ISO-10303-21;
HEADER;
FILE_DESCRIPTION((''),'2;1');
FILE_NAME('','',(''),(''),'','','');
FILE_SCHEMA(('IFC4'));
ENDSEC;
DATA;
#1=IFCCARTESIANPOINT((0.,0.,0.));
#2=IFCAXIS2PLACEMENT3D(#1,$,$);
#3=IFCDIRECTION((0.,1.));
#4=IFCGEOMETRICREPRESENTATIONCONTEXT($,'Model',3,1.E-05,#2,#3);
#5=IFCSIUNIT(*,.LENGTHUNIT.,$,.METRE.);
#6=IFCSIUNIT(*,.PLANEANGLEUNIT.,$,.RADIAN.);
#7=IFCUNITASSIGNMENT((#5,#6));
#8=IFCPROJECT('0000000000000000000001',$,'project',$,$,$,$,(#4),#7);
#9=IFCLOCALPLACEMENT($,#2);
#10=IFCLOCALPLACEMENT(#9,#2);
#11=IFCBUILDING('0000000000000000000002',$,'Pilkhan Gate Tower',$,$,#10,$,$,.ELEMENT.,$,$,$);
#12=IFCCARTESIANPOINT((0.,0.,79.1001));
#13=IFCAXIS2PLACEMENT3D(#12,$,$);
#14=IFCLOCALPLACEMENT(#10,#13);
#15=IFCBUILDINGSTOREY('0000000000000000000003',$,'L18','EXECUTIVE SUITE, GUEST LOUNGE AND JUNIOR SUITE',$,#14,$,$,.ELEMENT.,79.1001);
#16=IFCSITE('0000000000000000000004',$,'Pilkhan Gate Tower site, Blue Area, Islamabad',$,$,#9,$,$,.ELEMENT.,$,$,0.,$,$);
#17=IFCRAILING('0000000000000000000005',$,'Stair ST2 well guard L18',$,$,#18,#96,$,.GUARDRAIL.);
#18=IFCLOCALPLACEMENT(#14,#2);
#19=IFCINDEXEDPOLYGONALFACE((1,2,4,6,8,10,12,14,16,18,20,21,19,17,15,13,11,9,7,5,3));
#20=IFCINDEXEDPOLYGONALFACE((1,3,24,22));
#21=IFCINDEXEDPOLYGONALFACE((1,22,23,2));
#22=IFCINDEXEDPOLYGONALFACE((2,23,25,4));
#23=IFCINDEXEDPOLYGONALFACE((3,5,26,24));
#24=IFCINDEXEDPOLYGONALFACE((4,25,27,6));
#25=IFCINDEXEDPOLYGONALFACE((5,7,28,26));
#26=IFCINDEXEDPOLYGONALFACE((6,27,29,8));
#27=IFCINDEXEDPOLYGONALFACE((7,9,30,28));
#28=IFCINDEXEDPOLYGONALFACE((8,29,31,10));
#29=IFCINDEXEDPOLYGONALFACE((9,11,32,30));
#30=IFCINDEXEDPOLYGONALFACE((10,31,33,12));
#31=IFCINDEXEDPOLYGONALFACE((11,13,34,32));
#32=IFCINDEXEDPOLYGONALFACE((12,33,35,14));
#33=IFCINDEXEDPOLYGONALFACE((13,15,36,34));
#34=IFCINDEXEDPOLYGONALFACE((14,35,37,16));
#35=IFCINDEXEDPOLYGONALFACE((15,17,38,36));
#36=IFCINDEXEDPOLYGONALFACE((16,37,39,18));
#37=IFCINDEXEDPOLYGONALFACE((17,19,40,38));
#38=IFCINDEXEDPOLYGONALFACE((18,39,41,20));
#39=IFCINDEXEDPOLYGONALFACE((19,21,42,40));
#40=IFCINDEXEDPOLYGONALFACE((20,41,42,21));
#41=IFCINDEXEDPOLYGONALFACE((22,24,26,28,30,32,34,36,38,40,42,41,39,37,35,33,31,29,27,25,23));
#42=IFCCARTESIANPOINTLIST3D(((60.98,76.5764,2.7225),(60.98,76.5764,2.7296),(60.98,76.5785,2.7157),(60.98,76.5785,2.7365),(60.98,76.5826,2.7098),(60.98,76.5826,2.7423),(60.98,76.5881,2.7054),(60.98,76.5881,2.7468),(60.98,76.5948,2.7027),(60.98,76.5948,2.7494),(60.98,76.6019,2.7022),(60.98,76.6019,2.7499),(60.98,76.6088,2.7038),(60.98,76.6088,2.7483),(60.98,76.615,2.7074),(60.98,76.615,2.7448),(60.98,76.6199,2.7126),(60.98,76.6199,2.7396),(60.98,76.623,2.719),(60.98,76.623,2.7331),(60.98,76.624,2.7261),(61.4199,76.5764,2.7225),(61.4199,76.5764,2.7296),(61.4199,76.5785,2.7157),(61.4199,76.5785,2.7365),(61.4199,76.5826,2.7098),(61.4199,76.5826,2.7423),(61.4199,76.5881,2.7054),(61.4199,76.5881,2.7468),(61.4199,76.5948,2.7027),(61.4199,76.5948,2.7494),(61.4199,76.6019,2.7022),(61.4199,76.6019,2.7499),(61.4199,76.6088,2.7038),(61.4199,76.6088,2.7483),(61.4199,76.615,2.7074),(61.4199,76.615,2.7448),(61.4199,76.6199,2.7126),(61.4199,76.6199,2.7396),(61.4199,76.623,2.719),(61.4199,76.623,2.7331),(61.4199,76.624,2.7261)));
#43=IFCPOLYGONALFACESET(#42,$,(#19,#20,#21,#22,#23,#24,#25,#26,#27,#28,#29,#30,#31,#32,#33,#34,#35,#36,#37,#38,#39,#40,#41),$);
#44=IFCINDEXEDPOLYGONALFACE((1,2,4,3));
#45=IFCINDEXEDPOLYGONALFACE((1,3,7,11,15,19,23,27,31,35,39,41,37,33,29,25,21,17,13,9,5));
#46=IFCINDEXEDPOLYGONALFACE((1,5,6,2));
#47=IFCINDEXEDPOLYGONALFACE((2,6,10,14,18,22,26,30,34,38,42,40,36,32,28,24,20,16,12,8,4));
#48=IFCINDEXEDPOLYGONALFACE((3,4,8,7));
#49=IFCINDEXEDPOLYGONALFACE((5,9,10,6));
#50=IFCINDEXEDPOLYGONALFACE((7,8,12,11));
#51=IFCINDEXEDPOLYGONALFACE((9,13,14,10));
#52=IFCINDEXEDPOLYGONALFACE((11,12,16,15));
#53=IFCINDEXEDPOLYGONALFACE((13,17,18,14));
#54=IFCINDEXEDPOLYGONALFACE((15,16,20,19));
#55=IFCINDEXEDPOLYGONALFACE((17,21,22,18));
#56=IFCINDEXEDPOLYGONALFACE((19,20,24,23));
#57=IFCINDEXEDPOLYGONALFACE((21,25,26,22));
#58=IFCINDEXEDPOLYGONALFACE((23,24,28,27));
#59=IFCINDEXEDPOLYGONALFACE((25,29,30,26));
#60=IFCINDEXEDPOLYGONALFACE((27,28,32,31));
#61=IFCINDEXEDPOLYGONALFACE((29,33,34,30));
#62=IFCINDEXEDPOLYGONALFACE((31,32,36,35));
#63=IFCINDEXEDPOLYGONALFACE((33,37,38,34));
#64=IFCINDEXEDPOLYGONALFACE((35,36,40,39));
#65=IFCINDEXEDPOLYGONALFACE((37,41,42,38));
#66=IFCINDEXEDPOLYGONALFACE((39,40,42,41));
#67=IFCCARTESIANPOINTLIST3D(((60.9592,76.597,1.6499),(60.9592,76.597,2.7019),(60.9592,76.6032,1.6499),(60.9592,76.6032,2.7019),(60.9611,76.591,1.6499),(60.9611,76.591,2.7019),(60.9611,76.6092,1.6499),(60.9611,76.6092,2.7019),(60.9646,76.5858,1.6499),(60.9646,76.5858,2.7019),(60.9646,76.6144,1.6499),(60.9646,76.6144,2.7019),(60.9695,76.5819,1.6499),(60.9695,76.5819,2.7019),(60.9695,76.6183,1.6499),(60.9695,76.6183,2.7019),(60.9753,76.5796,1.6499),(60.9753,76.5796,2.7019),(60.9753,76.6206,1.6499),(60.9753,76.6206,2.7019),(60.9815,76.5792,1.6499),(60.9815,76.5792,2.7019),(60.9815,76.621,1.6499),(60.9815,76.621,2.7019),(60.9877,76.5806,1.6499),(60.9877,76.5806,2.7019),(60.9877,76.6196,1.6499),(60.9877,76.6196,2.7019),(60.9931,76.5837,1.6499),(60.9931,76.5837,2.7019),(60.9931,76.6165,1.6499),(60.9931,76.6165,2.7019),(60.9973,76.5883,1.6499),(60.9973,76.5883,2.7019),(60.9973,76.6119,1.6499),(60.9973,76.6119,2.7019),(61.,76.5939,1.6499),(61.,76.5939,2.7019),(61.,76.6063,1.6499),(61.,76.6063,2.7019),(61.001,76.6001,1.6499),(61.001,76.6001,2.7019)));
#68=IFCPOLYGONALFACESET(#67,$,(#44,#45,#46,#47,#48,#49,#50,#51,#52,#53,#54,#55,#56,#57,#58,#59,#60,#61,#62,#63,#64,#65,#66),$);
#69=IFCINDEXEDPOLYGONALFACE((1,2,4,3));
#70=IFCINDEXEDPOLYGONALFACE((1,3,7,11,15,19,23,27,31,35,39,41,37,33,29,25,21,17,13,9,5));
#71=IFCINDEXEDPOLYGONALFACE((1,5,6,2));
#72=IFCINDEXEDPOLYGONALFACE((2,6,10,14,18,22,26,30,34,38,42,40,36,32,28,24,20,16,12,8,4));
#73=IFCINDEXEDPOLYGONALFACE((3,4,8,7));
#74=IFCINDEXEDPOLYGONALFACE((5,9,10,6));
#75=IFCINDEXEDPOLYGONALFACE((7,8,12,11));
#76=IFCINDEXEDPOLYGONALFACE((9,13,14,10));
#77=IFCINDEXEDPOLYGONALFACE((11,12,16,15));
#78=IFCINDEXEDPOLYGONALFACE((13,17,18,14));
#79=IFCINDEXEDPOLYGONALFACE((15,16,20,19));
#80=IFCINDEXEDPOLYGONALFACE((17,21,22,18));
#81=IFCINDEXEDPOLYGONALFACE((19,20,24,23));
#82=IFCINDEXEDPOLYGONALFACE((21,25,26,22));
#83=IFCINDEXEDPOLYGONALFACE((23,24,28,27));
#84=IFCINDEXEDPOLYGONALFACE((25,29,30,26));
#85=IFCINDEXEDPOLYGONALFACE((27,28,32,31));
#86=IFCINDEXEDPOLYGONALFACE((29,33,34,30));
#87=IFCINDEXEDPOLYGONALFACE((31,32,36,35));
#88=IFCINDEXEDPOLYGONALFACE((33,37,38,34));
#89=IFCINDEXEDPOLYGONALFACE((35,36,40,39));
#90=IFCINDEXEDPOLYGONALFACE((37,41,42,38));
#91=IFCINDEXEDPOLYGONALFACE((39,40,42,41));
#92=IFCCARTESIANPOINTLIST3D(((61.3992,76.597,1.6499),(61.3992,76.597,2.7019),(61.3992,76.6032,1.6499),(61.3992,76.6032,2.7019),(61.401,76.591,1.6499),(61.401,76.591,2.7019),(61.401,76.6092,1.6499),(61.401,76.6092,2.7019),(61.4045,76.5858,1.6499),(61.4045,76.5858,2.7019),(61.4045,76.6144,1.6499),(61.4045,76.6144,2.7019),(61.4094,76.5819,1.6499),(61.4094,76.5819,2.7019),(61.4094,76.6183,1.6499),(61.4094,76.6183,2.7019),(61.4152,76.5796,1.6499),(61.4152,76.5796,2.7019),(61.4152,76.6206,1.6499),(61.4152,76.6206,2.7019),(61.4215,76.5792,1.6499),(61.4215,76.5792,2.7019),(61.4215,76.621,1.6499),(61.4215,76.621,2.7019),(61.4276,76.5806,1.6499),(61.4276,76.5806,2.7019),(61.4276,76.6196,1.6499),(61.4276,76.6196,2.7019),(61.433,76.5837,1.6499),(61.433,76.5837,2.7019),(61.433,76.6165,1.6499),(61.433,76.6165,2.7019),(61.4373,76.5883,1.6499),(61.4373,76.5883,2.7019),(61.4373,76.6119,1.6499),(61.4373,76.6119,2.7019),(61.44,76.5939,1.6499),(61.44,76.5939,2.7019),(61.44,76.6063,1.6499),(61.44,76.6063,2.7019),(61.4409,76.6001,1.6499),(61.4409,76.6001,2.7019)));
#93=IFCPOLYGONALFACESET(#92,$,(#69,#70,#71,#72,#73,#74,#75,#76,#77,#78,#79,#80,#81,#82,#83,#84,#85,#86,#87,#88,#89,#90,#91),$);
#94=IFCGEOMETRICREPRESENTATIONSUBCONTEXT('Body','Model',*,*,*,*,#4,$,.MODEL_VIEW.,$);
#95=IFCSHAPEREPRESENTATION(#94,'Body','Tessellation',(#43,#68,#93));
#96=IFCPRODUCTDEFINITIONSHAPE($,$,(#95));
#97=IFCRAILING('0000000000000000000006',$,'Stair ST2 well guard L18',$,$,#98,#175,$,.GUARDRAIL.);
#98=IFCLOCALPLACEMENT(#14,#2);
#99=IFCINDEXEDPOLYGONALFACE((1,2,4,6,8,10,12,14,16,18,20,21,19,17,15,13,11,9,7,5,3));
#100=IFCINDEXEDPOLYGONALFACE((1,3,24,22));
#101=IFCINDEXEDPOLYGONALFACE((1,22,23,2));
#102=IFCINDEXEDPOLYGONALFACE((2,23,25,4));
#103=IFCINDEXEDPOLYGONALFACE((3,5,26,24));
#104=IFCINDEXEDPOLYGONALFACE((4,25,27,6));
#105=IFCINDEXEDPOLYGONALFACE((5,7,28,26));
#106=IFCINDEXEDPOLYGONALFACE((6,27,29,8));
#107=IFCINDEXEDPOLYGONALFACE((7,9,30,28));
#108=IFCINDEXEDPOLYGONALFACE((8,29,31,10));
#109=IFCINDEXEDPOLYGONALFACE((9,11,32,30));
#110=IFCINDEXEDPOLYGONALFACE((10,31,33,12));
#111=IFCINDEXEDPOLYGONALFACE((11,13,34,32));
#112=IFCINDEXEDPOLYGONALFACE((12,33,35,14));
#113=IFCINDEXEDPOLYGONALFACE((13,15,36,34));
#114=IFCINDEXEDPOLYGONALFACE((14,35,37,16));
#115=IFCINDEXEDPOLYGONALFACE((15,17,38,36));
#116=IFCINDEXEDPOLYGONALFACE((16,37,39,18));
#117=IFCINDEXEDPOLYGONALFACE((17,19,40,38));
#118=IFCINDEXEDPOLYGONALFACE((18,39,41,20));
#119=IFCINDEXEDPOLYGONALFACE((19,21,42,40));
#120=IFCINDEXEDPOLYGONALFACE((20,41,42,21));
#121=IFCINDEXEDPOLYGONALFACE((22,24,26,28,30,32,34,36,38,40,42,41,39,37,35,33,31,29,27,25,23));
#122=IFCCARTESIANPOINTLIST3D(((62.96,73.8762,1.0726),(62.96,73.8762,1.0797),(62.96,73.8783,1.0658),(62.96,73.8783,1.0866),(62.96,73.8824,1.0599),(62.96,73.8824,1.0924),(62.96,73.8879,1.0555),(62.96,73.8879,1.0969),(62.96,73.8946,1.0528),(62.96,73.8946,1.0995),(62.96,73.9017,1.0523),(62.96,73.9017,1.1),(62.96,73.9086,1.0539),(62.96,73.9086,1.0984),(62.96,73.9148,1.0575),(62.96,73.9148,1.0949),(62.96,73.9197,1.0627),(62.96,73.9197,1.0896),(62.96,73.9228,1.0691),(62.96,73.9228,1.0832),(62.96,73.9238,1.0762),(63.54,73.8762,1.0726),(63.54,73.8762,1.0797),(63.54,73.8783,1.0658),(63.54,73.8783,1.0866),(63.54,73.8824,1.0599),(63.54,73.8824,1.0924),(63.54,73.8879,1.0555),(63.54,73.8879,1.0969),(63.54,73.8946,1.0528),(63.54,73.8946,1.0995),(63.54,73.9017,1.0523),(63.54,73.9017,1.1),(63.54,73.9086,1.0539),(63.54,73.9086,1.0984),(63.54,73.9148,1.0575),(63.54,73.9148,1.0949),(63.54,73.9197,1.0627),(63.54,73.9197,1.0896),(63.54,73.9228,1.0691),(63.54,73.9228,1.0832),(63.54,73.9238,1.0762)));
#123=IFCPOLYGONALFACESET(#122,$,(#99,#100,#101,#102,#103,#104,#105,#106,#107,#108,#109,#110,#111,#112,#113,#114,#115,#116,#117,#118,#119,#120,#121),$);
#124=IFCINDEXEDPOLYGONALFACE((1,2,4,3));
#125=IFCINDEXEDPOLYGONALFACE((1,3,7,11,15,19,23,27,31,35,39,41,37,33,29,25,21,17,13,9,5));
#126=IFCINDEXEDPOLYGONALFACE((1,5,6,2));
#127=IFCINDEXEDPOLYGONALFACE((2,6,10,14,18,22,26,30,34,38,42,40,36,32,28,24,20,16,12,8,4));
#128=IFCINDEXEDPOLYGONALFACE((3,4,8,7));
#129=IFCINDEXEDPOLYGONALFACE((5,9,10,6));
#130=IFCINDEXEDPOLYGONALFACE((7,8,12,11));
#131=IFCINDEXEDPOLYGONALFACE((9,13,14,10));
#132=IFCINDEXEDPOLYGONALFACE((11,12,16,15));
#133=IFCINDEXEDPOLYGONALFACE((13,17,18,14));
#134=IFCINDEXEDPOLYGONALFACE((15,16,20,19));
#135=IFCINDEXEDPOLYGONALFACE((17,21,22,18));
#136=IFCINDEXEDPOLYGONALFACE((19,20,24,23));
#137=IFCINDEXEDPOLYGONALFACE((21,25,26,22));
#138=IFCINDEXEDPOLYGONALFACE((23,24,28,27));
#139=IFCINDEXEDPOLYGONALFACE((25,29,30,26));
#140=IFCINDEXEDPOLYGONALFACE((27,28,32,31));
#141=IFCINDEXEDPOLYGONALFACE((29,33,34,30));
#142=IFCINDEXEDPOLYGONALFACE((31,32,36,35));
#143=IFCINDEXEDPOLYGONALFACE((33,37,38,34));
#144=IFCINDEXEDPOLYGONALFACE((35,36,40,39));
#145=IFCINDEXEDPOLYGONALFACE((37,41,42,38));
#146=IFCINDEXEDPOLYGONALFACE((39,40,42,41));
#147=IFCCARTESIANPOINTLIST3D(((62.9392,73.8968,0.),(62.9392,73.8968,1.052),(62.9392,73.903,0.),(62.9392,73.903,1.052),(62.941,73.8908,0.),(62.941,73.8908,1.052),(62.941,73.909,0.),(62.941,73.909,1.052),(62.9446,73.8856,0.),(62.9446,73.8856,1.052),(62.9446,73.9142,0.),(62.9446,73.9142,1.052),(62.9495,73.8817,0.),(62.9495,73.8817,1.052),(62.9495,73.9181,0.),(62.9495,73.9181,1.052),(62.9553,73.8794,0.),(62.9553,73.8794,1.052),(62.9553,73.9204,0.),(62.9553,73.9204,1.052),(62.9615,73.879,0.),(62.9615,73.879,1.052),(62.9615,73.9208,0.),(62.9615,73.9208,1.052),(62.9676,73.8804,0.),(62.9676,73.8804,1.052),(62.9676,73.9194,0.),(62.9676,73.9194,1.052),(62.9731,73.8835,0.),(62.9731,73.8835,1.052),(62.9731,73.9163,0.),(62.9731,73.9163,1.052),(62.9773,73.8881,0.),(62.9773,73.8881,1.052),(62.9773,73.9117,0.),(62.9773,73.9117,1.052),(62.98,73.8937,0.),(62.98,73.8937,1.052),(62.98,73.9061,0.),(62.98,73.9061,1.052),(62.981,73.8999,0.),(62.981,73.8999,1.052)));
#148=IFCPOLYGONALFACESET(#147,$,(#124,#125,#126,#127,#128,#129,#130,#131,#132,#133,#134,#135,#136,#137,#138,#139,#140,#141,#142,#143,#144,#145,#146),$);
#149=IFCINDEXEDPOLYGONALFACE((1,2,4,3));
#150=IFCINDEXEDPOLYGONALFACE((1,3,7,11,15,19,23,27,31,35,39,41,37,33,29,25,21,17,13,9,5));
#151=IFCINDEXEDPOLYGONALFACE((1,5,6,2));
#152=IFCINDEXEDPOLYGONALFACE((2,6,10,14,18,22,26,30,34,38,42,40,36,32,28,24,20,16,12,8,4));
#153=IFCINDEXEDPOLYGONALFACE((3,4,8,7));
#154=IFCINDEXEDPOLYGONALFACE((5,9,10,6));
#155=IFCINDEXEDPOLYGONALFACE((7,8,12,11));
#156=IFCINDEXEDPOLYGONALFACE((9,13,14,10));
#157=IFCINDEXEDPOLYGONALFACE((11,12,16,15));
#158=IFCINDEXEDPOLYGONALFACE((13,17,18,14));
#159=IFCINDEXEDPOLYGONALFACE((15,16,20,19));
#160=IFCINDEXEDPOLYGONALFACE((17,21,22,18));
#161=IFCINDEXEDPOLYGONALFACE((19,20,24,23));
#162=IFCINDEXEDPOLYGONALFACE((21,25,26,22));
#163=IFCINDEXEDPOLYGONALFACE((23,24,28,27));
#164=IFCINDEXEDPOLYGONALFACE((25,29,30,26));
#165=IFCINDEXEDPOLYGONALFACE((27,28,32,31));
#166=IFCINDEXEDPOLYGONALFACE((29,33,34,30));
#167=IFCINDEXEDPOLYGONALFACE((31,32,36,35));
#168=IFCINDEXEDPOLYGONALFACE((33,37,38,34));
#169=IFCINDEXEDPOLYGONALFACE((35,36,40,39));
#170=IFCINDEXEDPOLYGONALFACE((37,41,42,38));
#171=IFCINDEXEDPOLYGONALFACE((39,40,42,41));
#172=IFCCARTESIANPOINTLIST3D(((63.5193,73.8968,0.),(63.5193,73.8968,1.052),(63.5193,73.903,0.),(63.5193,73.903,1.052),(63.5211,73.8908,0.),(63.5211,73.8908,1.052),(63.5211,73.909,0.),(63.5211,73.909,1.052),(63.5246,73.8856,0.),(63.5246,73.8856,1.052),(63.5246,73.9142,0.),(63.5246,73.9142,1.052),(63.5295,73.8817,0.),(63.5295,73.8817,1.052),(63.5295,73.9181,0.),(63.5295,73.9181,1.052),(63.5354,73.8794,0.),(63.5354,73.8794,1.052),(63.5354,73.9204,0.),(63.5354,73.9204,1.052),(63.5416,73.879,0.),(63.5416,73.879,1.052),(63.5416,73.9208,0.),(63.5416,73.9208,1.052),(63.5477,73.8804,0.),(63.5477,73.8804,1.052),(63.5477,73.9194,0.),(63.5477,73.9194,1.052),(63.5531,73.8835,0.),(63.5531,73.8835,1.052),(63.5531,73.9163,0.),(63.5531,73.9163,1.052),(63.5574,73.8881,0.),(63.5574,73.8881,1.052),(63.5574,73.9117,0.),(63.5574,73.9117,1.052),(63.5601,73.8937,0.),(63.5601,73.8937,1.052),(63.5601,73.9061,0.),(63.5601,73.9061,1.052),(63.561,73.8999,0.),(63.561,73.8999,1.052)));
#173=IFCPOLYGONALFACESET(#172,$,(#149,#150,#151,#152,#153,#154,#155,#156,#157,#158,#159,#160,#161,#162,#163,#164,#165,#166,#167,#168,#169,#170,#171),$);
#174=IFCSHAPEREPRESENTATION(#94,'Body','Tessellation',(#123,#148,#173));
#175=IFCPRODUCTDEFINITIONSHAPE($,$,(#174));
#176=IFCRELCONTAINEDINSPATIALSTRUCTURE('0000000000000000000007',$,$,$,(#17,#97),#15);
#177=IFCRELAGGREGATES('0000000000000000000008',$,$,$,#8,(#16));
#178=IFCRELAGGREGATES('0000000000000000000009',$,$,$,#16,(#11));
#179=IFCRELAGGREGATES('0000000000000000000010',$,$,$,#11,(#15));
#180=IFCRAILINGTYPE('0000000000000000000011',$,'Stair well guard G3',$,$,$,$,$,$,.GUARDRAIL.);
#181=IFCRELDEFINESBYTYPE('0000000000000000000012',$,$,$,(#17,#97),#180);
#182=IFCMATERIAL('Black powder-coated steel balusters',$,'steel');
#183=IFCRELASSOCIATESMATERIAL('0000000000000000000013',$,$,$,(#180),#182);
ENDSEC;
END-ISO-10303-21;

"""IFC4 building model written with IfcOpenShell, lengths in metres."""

from ifc_helpers import new_model, si_unit, direction, frame, origin, origin_2d, place, context, subcontext, project, spatial, circle, extrude, material, type_object, element, save


model = new_model("IFC4")

# Units and contexts
model_context = context("Model", 3, precision=1e-05, world=origin(), true_north=direction((0.0, 1.0)))
body_context = subcontext(model_context, "Body", "Model", "MODEL_VIEW")
ifc_project = project(units=[si_unit("LENGTHUNIT", "METRE"), si_unit("PLANEANGLEUNIT", "RADIAN")], contexts=[model_context])

# Site, building, storey
site_placement = place(None, origin())
site = spatial("IfcSite", under=ifc_project, at=site_placement, Name="Pilkhan Gate Tower site, Blue Area, Islamabad", CompositionType="ELEMENT", RefElevation=0.0)
building_placement = place(site_placement, origin())
building = spatial("IfcBuilding", under=site, at=building_placement, Name="Pilkhan Gate Tower", CompositionType="ELEMENT")
storey_placement = place(building_placement, frame((0.0, 0.0, 79.1001)))
storey = spatial("IfcBuildingStorey", under=building, at=storey_placement, Name="L18", Description="EXECUTIVE SUITE, GUEST LOUNGE AND JUNIOR SUITE", CompositionType="ELEMENT", Elevation=79.1001)

# Railings
ifc_material_1 = material(Name="Black powder-coated steel balusters", Category="steel")
railing_type_1 = type_object("IfcRailingType", Name="Stair well guard G3", PredefinedType="GUARDRAIL", material=ifc_material_1)
railing_1_placement = place(storey_placement, frame((60.98, 76.6001, 1.6499)))
element("IfcRailing", 1, at=railing_1_placement, inside=storey, type_object=railing_type_1, Name="Stair ST2 well guard L18", PredefinedType="GUARDRAIL", context=body_context, shape_type="SweptSolid", body=[
    extrude(circle(Radius=0.0239, at=origin_2d()), frame((0.0, 0.0, 1.0762), z_axis=(1.0, 0.0, 0.0), x_axis=(0.0, 1.0, 0.0)), (0.0, 0.0, 1.0), 0.4399),
    extrude(circle(Radius=0.021, at=origin_2d()), origin(), (0.0, 0.0, 1.0), 1.052),
    extrude(circle(Radius=0.021, at=origin_2d()), frame((0.4399, 0.0, 0.0)), (0.0, 0.0, 1.0), 1.052),
])
for number, where, name in (
    (2, (62.96, 73.8999, 0.0), "Stair ST2 well guard L18"),
):
    element("IfcRailing", number, at=place(storey_placement, frame(where)), inside=storey, type_object=railing_type_1, Name=name, PredefinedType="GUARDRAIL", context=body_context, shape_type="SweptSolid", body=[
        extrude(circle(Radius=0.0239, at=origin_2d()), frame((0.0, 0.0, 1.0762), z_axis=(1.0, 0.0, 0.0), x_axis=(0.0, 1.0, 0.0)), (0.0, 0.0, 1.0), 0.5801),
        extrude(circle(Radius=0.021, at=origin_2d()), origin(), (0.0, 0.0, 1.0), 1.052),
        extrude(circle(Radius=0.021, at=origin_2d()), frame((0.5801, 0.0, 0.0)), (0.0, 0.0, 1.0), 1.052),
    ])

save(model, "model.ifc")
